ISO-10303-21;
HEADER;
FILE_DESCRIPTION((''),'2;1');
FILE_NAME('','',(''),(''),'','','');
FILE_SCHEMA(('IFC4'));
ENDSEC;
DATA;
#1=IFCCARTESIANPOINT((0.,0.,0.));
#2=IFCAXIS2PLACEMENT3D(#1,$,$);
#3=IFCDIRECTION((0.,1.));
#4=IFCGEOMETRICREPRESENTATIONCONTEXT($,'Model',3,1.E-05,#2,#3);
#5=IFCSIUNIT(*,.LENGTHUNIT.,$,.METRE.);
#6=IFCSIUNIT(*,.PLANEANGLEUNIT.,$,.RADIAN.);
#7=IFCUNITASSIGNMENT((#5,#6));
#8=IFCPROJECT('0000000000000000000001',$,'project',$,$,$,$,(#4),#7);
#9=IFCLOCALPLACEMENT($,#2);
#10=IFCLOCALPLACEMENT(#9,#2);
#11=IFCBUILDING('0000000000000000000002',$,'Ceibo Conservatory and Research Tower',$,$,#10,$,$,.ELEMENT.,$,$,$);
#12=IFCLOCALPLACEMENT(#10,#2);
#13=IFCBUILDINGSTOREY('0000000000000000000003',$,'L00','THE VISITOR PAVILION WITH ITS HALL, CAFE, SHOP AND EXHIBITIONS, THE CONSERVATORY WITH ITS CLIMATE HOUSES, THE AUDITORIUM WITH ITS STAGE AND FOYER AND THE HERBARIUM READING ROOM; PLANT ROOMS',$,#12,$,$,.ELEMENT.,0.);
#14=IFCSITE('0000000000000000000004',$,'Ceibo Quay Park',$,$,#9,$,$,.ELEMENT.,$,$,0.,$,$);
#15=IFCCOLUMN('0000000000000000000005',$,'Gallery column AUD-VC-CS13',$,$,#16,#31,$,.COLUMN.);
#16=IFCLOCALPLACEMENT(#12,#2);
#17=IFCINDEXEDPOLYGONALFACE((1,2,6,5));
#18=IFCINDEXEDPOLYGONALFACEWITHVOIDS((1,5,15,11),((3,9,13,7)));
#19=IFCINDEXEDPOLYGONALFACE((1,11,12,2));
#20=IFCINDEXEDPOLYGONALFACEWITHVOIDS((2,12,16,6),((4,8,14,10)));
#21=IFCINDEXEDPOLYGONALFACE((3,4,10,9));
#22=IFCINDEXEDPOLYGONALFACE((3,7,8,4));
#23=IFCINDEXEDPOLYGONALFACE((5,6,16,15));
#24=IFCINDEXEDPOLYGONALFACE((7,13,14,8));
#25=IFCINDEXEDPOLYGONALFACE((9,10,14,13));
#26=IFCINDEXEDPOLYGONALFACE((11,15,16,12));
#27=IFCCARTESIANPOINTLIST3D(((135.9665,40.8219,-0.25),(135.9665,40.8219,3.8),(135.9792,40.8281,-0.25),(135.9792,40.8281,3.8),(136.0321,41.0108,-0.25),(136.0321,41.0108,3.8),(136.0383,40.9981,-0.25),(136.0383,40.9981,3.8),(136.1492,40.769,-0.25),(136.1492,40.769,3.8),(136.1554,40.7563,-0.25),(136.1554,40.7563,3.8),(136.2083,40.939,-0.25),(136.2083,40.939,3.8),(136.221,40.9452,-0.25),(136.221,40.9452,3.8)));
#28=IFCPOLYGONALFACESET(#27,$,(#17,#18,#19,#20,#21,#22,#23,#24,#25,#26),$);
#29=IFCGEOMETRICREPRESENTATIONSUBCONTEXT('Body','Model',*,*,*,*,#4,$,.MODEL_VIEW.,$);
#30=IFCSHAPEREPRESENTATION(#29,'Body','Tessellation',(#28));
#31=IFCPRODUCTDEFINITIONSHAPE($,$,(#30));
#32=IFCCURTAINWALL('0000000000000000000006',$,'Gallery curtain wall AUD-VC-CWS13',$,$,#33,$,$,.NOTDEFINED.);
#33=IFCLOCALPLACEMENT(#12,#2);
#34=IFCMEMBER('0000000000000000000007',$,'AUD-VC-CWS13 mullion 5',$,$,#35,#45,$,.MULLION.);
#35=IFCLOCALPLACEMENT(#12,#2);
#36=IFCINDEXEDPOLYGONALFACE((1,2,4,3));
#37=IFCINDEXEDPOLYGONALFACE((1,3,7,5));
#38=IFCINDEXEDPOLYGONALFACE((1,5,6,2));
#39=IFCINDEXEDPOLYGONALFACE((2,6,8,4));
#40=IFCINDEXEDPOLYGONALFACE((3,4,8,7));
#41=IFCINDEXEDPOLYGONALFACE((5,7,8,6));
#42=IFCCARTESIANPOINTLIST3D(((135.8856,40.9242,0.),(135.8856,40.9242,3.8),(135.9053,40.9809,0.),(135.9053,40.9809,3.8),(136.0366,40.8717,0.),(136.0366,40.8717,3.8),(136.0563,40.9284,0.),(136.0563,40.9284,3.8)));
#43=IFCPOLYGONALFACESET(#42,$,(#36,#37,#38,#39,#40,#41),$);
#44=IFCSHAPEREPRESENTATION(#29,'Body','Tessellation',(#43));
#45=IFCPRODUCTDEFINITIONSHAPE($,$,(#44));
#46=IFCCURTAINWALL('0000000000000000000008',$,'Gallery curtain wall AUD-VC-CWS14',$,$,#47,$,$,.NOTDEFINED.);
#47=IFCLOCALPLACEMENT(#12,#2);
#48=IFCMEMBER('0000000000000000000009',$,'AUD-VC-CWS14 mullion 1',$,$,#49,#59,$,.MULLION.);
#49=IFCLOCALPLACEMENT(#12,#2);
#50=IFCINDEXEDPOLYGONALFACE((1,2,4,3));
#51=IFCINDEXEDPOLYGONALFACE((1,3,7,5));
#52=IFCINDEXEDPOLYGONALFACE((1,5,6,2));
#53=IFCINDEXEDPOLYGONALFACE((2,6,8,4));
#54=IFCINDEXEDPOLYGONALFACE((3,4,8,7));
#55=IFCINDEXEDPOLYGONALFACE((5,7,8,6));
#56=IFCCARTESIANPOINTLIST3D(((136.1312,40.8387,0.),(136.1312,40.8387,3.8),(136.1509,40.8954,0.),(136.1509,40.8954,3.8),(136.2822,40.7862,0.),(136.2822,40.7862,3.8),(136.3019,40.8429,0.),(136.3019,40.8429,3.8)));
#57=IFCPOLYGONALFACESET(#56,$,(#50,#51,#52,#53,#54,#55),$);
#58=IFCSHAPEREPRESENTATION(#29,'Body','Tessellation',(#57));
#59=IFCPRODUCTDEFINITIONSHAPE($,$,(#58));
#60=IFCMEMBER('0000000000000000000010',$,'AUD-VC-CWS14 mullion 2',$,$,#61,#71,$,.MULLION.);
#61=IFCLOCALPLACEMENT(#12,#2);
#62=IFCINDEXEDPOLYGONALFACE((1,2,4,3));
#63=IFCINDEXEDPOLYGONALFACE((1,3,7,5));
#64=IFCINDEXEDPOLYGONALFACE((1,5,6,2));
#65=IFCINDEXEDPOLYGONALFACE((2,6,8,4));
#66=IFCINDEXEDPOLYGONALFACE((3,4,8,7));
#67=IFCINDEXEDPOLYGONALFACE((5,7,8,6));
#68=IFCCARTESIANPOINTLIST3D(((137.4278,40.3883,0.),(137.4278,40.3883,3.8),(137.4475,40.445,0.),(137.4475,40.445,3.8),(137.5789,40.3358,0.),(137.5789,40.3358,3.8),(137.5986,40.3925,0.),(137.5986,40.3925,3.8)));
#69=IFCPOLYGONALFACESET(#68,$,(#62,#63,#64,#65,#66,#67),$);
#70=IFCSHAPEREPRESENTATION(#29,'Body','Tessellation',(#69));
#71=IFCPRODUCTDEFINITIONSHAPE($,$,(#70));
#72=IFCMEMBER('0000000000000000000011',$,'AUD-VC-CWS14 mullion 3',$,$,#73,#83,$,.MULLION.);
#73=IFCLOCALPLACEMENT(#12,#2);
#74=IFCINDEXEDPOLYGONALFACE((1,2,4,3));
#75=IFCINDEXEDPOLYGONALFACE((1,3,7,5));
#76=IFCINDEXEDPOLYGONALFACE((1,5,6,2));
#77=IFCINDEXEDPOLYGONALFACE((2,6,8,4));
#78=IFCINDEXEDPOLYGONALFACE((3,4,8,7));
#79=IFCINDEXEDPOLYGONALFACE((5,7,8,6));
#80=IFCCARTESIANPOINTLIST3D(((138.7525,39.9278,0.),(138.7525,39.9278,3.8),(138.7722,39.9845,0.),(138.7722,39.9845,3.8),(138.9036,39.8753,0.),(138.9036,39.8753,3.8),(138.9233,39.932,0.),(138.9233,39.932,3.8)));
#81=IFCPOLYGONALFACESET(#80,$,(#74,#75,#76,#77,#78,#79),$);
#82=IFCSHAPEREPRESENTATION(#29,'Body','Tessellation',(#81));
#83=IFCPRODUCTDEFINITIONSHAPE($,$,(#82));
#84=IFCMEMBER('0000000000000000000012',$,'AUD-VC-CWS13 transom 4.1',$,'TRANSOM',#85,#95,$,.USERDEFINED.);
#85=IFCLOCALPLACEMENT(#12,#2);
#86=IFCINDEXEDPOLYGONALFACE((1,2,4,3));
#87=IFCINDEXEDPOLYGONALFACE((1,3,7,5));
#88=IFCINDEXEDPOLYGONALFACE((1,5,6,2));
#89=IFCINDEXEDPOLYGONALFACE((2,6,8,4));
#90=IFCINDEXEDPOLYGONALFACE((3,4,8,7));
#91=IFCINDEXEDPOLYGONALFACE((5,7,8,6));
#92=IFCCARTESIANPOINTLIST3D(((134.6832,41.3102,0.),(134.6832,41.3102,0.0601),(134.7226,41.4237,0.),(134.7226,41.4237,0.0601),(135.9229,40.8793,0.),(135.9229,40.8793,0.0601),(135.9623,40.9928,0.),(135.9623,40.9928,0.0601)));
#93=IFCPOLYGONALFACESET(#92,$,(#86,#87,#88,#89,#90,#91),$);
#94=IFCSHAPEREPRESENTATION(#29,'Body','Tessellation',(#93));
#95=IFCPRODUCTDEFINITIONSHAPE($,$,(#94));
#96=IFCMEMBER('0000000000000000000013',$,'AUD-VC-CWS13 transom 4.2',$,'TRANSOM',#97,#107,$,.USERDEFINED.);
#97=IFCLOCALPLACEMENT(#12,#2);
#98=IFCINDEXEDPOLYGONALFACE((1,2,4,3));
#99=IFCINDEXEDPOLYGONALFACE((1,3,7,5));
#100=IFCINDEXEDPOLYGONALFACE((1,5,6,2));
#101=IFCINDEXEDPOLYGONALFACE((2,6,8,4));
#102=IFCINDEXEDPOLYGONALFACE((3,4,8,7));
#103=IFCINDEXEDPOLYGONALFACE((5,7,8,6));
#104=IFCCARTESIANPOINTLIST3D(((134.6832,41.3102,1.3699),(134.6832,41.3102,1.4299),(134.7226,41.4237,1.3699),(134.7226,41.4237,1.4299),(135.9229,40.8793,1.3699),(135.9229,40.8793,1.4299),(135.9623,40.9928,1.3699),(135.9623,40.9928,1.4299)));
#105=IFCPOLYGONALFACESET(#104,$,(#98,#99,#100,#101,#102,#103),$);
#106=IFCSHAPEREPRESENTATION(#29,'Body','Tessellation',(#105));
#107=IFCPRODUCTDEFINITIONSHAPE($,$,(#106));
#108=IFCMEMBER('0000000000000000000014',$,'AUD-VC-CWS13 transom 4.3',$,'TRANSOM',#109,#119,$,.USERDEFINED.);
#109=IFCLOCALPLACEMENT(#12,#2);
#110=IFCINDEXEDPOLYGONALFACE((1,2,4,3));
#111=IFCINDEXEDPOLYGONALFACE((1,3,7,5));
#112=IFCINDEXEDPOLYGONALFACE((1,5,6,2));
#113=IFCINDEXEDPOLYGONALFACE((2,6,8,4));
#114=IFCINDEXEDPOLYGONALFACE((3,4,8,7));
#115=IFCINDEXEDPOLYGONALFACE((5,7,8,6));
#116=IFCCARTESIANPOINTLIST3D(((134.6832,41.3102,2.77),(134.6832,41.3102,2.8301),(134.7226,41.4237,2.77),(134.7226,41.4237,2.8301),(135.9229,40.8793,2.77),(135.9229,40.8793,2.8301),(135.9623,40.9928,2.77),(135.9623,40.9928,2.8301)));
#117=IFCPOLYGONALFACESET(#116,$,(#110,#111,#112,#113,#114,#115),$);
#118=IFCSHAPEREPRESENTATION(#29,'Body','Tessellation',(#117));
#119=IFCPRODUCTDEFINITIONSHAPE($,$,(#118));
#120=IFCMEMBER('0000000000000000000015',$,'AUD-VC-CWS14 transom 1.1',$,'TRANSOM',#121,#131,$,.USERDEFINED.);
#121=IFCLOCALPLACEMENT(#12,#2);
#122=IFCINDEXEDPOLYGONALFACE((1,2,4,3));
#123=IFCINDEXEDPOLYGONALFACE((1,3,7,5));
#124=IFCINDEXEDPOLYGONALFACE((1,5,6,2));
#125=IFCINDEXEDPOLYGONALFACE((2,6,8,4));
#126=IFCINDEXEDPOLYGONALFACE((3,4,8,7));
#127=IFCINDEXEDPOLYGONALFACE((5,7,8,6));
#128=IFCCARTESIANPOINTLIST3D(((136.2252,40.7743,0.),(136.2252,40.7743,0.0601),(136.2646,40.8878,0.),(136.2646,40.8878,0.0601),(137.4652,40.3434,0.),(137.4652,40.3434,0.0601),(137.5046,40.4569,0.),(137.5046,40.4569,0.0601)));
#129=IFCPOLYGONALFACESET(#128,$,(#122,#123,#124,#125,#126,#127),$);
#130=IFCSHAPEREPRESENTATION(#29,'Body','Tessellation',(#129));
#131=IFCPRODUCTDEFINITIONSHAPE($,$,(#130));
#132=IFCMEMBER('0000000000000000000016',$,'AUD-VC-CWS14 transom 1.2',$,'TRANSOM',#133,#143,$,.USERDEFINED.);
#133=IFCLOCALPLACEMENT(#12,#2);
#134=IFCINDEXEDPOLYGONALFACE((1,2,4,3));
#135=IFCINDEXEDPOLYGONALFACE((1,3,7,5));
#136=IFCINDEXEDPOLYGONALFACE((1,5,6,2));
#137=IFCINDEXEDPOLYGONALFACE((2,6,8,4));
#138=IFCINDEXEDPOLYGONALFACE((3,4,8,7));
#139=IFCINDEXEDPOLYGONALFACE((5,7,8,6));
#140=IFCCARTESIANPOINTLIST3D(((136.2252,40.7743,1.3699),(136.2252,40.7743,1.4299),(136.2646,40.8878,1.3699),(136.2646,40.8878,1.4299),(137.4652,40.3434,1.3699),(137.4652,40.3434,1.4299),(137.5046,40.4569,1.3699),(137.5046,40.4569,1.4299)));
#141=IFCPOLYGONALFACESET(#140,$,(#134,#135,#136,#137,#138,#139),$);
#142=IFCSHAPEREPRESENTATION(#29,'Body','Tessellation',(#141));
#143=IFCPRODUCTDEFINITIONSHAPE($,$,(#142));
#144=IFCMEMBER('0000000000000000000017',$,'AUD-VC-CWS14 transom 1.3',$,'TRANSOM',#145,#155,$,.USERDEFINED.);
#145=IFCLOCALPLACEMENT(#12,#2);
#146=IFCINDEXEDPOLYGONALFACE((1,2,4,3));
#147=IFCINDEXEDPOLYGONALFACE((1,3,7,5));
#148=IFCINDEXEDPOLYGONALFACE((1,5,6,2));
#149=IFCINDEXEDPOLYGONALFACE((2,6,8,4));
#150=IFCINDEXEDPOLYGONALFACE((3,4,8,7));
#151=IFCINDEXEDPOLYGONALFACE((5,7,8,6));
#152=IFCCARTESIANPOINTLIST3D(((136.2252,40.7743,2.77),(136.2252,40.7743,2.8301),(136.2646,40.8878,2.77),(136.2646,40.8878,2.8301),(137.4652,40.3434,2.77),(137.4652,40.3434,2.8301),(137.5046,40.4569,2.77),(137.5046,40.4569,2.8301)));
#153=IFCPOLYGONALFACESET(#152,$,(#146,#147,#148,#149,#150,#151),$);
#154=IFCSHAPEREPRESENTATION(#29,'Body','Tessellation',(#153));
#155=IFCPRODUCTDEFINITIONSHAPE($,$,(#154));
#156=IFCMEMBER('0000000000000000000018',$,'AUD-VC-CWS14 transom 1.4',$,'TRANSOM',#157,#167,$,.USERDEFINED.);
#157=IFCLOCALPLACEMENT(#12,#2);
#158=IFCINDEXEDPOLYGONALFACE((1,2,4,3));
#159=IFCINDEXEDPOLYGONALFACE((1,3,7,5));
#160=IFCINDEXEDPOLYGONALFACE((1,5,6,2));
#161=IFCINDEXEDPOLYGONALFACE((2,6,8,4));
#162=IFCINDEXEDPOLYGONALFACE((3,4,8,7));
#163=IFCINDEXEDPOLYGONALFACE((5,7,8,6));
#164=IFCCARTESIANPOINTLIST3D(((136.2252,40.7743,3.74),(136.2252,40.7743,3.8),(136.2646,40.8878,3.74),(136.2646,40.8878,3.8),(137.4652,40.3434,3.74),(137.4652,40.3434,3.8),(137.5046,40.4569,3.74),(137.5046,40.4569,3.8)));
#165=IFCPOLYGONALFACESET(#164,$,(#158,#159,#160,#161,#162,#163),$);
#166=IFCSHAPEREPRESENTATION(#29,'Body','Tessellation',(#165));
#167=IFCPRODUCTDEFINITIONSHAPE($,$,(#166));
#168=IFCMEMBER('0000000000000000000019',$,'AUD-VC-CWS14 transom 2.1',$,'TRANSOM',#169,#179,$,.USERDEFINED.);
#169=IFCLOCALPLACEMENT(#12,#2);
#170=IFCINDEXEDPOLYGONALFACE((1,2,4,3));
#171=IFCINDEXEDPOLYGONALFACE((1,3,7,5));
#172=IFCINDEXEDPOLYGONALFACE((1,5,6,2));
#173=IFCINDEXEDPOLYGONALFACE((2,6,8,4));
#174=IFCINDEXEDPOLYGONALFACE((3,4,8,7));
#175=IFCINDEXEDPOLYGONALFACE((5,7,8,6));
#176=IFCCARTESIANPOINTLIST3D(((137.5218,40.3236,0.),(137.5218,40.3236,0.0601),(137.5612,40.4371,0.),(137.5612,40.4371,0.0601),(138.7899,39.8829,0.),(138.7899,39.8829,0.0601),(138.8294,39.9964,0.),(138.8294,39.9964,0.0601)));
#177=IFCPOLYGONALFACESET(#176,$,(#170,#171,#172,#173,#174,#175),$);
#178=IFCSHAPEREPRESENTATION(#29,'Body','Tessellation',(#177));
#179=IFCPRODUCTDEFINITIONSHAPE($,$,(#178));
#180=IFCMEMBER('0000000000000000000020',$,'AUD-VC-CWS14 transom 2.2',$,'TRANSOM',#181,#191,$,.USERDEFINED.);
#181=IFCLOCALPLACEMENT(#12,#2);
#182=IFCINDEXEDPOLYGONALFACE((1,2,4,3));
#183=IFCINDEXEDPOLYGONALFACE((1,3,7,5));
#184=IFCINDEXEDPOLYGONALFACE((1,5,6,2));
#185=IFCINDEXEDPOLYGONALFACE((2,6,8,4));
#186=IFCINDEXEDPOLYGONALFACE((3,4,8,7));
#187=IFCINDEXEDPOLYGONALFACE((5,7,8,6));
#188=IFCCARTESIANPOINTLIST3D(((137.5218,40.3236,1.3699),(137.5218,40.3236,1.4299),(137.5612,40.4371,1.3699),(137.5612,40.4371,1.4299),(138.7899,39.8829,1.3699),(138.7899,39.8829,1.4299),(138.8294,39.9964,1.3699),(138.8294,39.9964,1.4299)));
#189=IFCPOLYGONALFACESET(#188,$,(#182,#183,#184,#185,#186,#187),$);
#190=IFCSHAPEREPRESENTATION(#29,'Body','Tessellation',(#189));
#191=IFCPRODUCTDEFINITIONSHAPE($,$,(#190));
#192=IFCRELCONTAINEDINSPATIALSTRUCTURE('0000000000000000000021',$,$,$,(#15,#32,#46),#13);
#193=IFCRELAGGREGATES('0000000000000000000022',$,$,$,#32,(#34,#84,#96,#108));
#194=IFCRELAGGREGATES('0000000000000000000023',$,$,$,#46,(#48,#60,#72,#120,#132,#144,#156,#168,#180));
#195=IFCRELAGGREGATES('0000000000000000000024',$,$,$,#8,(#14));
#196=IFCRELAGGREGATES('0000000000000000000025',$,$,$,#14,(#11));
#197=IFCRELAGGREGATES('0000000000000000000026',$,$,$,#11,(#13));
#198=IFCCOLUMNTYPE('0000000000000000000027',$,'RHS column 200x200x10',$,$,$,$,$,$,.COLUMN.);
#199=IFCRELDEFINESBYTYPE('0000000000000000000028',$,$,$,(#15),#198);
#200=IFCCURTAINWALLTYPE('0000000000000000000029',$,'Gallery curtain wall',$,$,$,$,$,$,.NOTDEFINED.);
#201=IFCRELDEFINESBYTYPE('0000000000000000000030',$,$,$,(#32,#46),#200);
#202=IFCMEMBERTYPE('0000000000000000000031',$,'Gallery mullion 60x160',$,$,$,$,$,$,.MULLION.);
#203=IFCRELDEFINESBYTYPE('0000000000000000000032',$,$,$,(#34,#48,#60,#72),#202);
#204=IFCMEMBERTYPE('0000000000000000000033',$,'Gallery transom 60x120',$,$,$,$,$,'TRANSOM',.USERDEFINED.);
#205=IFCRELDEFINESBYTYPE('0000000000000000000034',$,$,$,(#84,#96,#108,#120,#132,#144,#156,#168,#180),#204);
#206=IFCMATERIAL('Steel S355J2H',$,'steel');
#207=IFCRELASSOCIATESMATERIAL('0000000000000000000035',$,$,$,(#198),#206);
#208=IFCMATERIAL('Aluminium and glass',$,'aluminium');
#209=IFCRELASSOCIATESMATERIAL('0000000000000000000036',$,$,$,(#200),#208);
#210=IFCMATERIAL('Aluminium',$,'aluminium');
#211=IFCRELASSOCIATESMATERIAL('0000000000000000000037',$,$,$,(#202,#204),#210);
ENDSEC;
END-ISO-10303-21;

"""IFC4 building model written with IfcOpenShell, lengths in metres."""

from ifc_helpers import new_model, si_unit, direction, frame, origin, origin_2d, place, context, subcontext, project, spatial, rectangle, hollow_rectangle, extrude, material, material_profile, profile_set, type_object, element, aggregate, save


model = new_model("IFC4")

# Units and contexts
model_context = context("Model", 3, precision=1e-05, world=origin(), true_north=direction((0.0, 1.0)))
body_context = subcontext(model_context, "Body", "Model", "MODEL_VIEW")
ifc_project = project(units=[si_unit("LENGTHUNIT", "METRE"), si_unit("PLANEANGLEUNIT", "RADIAN")], contexts=[model_context])

# Site, building, storey
site_placement = place(None, origin())
site = spatial("IfcSite", under=ifc_project, at=site_placement, Name="Ceibo Quay Park", CompositionType="ELEMENT", RefElevation=0.0)
building_placement = place(site_placement, origin())
building = spatial("IfcBuilding", under=site, at=building_placement, Name="Ceibo Conservatory and Research Tower", CompositionType="ELEMENT")
storey_placement = place(building_placement, origin())
storey = spatial("IfcBuildingStorey", under=building, at=storey_placement, Name="L00", Description="THE VISITOR PAVILION WITH ITS HALL, CAFE, SHOP AND EXHIBITIONS, THE CONSERVATORY WITH ITS CLIMATE HOUSES, THE AUDITORIUM WITH ITS STAGE AND FOYER AND THE HERBARIUM READING ROOM; PLANT ROOMS", CompositionType="ELEMENT", Elevation=0.0)

# Column
ifc_material_1 = material(Name="Steel S355J2H", Category="steel")
ifc_material_profile_1 = material_profile(ifc_material_1, hollow_rectangle(XDim=0.2, YDim=0.2, WallThickness=0.01, at=origin_2d()), Name="RHS column 200x200x10")
ifc_profile_set_1 = profile_set([ifc_material_profile_1], Name="Steel S355J2H")
column_type = type_object("IfcColumnType", Name="RHS column 200x200x10", PredefinedType="COLUMN", material=ifc_profile_set_1)
column_placement = place(storey_placement, frame((136.0938, 40.8835, -0.25), z_axis=(0.0, 0.0, 1.0), x_axis=(0.944579, -0.328284, 0.0)))
element("IfcColumn", 1, at=column_placement, inside=storey, type_object=column_type, Name="Gallery column AUD-VC-CS13", PredefinedType="COLUMN", context=body_context, shape_type="SweptSolid", body=[
    extrude(hollow_rectangle(XDim=0.2, YDim=0.2, WallThickness=0.01, at=origin_2d()), origin(), (0.0, 0.0, 1.0), 4.05),
])

# Curtain wall, member
ifc_material_2 = material(Name="Aluminium and glass", Category="aluminium")
curtain_wall_type = type_object("IfcCurtainWallType", Name="Gallery curtain wall", PredefinedType="NOTDEFINED", material=ifc_material_2)
curtain_wall_1_placement = place(storey_placement, origin())
curtain_wall_1 = element("IfcCurtainWall", 2, at=curtain_wall_1_placement, inside=storey, type_object=curtain_wall_type, Name="Gallery curtain wall AUD-VC-CWS13", PredefinedType="NOTDEFINED")
ifc_material_3 = material(Name="Aluminium", Category="aluminium")
ifc_material_profile_2 = material_profile(ifc_material_3, rectangle(XDim=0.0601, YDim=0.1599, at=origin_2d()), Name="AL 60x160")
ifc_profile_set_2 = profile_set([ifc_material_profile_2], Name="Aluminium")
member_type_1 = type_object("IfcMemberType", Name="Gallery mullion 60x160", PredefinedType="MULLION", material=ifc_profile_set_2)
member_1_placement = place(storey_placement, frame((135.9709, 40.9263, 0.0), z_axis=(0.0, 0.0, 1.0), x_axis=(0.328284, 0.944579, 0.0)))
member_1 = element("IfcMember", 3, at=member_1_placement, type_object=member_type_1, Name="AUD-VC-CWS13 mullion 5", PredefinedType="MULLION", context=body_context, shape_type="SweptSolid", body=[
    extrude(rectangle(XDim=0.0601, YDim=0.1599, at=origin_2d()), origin(), (0.0, 0.0, 1.0), 3.8),
])

# Curtain wall, members
curtain_wall_2_placement = place(storey_placement, origin())
curtain_wall_2 = element("IfcCurtainWall", 4, at=curtain_wall_2_placement, inside=storey, type_object=curtain_wall_type, Name="Gallery curtain wall AUD-VC-CWS14", PredefinedType="NOTDEFINED")
member_2_placement = place(storey_placement, frame((136.2166, 40.8408, 0.0), z_axis=(0.0, 0.0, 1.0), x_axis=(0.328284, 0.944579, 0.0)))
member_2 = element("IfcMember", 5, at=member_2_placement, type_object=member_type_1, Name="AUD-VC-CWS14 mullion 1", PredefinedType="MULLION", context=body_context, shape_type="SweptSolid", body=[
    extrude(rectangle(XDim=0.0601, YDim=0.1599, at=origin_2d()), origin(), (0.0, 0.0, 1.0), 3.8),
])
member_3_placement = place(storey_placement, frame((137.5132, 40.3904, 0.0), z_axis=(0.0, 0.0, 1.0), x_axis=(0.328284, 0.944579, 0.0)))
member_3 = element("IfcMember", 6, at=member_3_placement, type_object=member_type_1, Name="AUD-VC-CWS14 mullion 2", PredefinedType="MULLION", context=body_context, shape_type="SweptSolid", body=[
    extrude(rectangle(XDim=0.0601, YDim=0.1599, at=origin_2d()), origin(), (0.0, 0.0, 1.0), 3.8),
])
member_4_placement = place(storey_placement, frame((138.8379, 39.9299, 0.0), z_axis=(0.0, 0.0, 1.0), x_axis=(0.328284, 0.944579, 0.0)))
member_4 = element("IfcMember", 7, at=member_4_placement, type_object=member_type_1, Name="AUD-VC-CWS14 mullion 3", PredefinedType="MULLION", context=body_context, shape_type="SweptSolid", body=[
    extrude(rectangle(XDim=0.0601, YDim=0.1599, at=origin_2d()), origin(), (0.0, 0.0, 1.0), 3.8),
])

# Members
ifc_material_profile_3 = material_profile(ifc_material_3, rectangle(XDim=0.1201, YDim=0.0601, at=origin_2d()), Name="AL 60x120")
ifc_profile_set_3 = profile_set([ifc_material_profile_3], Name="Aluminium")
member_type_2 = type_object("IfcMemberType", Name="Gallery transom 60x120", ElementType="TRANSOM", PredefinedType="USERDEFINED", material=ifc_profile_set_3)
member_5_placement = place(storey_placement, frame((134.7029, 41.3669, 0.03), z_axis=(0.94457, -0.328311, 0.0), x_axis=(0.328311, 0.94457, 0.0)))
member_5 = element("IfcMember", 8, at=member_5_placement, type_object=member_type_2, Name="AUD-VC-CWS13 transom 4.1", ObjectType="TRANSOM", PredefinedType="USERDEFINED", context=body_context, shape_type="SweptSolid", body=[
    extrude(rectangle(XDim=0.1201, YDim=0.0601, at=origin_2d()), origin(), (0.0, 0.0, 1.0), 1.3125),
])
member_6_placement = place(storey_placement, frame((134.7029, 41.3669, 1.3999), z_axis=(0.94457, -0.328311, 0.0), x_axis=(0.328311, 0.94457, 0.0)))
member_6 = element("IfcMember", 9, at=member_6_placement, type_object=member_type_2, Name="AUD-VC-CWS13 transom 4.2", ObjectType="TRANSOM", PredefinedType="USERDEFINED", context=body_context, shape_type="SweptSolid", body=[
    extrude(rectangle(XDim=0.1201, YDim=0.0601, at=origin_2d()), origin(), (0.0, 0.0, 1.0), 1.3125),
])
member_7_placement = place(storey_placement, frame((134.7029, 41.3669, 2.8), z_axis=(0.94457, -0.328311, 0.0), x_axis=(0.328311, 0.94457, 0.0)))
member_7 = element("IfcMember", 10, at=member_7_placement, type_object=member_type_2, Name="AUD-VC-CWS13 transom 4.3", ObjectType="TRANSOM", PredefinedType="USERDEFINED", context=body_context, shape_type="SweptSolid", body=[
    extrude(rectangle(XDim=0.1201, YDim=0.0601, at=origin_2d()), origin(), (0.0, 0.0, 1.0), 1.3125),
])
member_8_placement = place(storey_placement, frame((136.2449, 40.8311, 0.03), z_axis=(0.94459, -0.328254, 0.0), x_axis=(0.328254, 0.94459, 0.0)))
member_8 = element("IfcMember", 11, at=member_8_placement, type_object=member_type_2, Name="AUD-VC-CWS14 transom 1.1", ObjectType="TRANSOM", PredefinedType="USERDEFINED", context=body_context, shape_type="SweptSolid", body=[
    extrude(rectangle(XDim=0.1201, YDim=0.0601, at=origin_2d()), origin(), (0.0, 0.0, 1.0), 1.3127),
])
member_9_placement = place(storey_placement, frame((136.2449, 40.8311, 1.3999), z_axis=(0.94459, -0.328254, 0.0), x_axis=(0.328254, 0.94459, 0.0)))
member_9 = element("IfcMember", 12, at=member_9_placement, type_object=member_type_2, Name="AUD-VC-CWS14 transom 1.2", ObjectType="TRANSOM", PredefinedType="USERDEFINED", context=body_context, shape_type="SweptSolid", body=[
    extrude(rectangle(XDim=0.1201, YDim=0.0601, at=origin_2d()), origin(), (0.0, 0.0, 1.0), 1.3127),
])
member_10_placement = place(storey_placement, frame((136.2449, 40.8311, 2.8), z_axis=(0.94459, -0.328254, 0.0), x_axis=(0.328254, 0.94459, 0.0)))
member_10 = element("IfcMember", 13, at=member_10_placement, type_object=member_type_2, Name="AUD-VC-CWS14 transom 1.3", ObjectType="TRANSOM", PredefinedType="USERDEFINED", context=body_context, shape_type="SweptSolid", body=[
    extrude(rectangle(XDim=0.1201, YDim=0.0601, at=origin_2d()), origin(), (0.0, 0.0, 1.0), 1.3127),
])
member_11_placement = place(storey_placement, frame((136.2449, 40.8311, 3.77), z_axis=(0.94459, -0.328254, 0.0), x_axis=(0.328254, 0.94459, 0.0)))
member_11 = element("IfcMember", 14, at=member_11_placement, type_object=member_type_2, Name="AUD-VC-CWS14 transom 1.4", ObjectType="TRANSOM", PredefinedType="USERDEFINED", context=body_context, shape_type="SweptSolid", body=[
    extrude(rectangle(XDim=0.1201, YDim=0.0601, at=origin_2d()), origin(), (0.0, 0.0, 1.0), 1.3127),
])
member_12_placement = place(storey_placement, frame((137.5415, 40.3804, 0.03), z_axis=(0.944588, -0.32826, 0.0), x_axis=(0.32826, 0.944588, 0.0)))
member_12 = element("IfcMember", 15, at=member_12_placement, type_object=member_type_2, Name="AUD-VC-CWS14 transom 2.1", ObjectType="TRANSOM", PredefinedType="USERDEFINED", context=body_context, shape_type="SweptSolid", body=[
    extrude(rectangle(XDim=0.1201, YDim=0.0601, at=origin_2d()), origin(), (0.0, 0.0, 1.0), 1.3425),
])
member_13_placement = place(storey_placement, frame((137.5415, 40.3804, 1.3999), z_axis=(0.944588, -0.32826, 0.0), x_axis=(0.32826, 0.944588, 0.0)))
member_13 = element("IfcMember", 16, at=member_13_placement, type_object=member_type_2, Name="AUD-VC-CWS14 transom 2.2", ObjectType="TRANSOM", PredefinedType="USERDEFINED", context=body_context, shape_type="SweptSolid", body=[
    extrude(rectangle(XDim=0.1201, YDim=0.0601, at=origin_2d()), origin(), (0.0, 0.0, 1.0), 1.3425),
])

aggregate(curtain_wall_1, [member_1, member_5, member_6, member_7])
aggregate(curtain_wall_2, [member_2, member_3, member_4, member_8, member_9, member_10, member_11, member_12, member_13])

save(model, "model.ifc")
